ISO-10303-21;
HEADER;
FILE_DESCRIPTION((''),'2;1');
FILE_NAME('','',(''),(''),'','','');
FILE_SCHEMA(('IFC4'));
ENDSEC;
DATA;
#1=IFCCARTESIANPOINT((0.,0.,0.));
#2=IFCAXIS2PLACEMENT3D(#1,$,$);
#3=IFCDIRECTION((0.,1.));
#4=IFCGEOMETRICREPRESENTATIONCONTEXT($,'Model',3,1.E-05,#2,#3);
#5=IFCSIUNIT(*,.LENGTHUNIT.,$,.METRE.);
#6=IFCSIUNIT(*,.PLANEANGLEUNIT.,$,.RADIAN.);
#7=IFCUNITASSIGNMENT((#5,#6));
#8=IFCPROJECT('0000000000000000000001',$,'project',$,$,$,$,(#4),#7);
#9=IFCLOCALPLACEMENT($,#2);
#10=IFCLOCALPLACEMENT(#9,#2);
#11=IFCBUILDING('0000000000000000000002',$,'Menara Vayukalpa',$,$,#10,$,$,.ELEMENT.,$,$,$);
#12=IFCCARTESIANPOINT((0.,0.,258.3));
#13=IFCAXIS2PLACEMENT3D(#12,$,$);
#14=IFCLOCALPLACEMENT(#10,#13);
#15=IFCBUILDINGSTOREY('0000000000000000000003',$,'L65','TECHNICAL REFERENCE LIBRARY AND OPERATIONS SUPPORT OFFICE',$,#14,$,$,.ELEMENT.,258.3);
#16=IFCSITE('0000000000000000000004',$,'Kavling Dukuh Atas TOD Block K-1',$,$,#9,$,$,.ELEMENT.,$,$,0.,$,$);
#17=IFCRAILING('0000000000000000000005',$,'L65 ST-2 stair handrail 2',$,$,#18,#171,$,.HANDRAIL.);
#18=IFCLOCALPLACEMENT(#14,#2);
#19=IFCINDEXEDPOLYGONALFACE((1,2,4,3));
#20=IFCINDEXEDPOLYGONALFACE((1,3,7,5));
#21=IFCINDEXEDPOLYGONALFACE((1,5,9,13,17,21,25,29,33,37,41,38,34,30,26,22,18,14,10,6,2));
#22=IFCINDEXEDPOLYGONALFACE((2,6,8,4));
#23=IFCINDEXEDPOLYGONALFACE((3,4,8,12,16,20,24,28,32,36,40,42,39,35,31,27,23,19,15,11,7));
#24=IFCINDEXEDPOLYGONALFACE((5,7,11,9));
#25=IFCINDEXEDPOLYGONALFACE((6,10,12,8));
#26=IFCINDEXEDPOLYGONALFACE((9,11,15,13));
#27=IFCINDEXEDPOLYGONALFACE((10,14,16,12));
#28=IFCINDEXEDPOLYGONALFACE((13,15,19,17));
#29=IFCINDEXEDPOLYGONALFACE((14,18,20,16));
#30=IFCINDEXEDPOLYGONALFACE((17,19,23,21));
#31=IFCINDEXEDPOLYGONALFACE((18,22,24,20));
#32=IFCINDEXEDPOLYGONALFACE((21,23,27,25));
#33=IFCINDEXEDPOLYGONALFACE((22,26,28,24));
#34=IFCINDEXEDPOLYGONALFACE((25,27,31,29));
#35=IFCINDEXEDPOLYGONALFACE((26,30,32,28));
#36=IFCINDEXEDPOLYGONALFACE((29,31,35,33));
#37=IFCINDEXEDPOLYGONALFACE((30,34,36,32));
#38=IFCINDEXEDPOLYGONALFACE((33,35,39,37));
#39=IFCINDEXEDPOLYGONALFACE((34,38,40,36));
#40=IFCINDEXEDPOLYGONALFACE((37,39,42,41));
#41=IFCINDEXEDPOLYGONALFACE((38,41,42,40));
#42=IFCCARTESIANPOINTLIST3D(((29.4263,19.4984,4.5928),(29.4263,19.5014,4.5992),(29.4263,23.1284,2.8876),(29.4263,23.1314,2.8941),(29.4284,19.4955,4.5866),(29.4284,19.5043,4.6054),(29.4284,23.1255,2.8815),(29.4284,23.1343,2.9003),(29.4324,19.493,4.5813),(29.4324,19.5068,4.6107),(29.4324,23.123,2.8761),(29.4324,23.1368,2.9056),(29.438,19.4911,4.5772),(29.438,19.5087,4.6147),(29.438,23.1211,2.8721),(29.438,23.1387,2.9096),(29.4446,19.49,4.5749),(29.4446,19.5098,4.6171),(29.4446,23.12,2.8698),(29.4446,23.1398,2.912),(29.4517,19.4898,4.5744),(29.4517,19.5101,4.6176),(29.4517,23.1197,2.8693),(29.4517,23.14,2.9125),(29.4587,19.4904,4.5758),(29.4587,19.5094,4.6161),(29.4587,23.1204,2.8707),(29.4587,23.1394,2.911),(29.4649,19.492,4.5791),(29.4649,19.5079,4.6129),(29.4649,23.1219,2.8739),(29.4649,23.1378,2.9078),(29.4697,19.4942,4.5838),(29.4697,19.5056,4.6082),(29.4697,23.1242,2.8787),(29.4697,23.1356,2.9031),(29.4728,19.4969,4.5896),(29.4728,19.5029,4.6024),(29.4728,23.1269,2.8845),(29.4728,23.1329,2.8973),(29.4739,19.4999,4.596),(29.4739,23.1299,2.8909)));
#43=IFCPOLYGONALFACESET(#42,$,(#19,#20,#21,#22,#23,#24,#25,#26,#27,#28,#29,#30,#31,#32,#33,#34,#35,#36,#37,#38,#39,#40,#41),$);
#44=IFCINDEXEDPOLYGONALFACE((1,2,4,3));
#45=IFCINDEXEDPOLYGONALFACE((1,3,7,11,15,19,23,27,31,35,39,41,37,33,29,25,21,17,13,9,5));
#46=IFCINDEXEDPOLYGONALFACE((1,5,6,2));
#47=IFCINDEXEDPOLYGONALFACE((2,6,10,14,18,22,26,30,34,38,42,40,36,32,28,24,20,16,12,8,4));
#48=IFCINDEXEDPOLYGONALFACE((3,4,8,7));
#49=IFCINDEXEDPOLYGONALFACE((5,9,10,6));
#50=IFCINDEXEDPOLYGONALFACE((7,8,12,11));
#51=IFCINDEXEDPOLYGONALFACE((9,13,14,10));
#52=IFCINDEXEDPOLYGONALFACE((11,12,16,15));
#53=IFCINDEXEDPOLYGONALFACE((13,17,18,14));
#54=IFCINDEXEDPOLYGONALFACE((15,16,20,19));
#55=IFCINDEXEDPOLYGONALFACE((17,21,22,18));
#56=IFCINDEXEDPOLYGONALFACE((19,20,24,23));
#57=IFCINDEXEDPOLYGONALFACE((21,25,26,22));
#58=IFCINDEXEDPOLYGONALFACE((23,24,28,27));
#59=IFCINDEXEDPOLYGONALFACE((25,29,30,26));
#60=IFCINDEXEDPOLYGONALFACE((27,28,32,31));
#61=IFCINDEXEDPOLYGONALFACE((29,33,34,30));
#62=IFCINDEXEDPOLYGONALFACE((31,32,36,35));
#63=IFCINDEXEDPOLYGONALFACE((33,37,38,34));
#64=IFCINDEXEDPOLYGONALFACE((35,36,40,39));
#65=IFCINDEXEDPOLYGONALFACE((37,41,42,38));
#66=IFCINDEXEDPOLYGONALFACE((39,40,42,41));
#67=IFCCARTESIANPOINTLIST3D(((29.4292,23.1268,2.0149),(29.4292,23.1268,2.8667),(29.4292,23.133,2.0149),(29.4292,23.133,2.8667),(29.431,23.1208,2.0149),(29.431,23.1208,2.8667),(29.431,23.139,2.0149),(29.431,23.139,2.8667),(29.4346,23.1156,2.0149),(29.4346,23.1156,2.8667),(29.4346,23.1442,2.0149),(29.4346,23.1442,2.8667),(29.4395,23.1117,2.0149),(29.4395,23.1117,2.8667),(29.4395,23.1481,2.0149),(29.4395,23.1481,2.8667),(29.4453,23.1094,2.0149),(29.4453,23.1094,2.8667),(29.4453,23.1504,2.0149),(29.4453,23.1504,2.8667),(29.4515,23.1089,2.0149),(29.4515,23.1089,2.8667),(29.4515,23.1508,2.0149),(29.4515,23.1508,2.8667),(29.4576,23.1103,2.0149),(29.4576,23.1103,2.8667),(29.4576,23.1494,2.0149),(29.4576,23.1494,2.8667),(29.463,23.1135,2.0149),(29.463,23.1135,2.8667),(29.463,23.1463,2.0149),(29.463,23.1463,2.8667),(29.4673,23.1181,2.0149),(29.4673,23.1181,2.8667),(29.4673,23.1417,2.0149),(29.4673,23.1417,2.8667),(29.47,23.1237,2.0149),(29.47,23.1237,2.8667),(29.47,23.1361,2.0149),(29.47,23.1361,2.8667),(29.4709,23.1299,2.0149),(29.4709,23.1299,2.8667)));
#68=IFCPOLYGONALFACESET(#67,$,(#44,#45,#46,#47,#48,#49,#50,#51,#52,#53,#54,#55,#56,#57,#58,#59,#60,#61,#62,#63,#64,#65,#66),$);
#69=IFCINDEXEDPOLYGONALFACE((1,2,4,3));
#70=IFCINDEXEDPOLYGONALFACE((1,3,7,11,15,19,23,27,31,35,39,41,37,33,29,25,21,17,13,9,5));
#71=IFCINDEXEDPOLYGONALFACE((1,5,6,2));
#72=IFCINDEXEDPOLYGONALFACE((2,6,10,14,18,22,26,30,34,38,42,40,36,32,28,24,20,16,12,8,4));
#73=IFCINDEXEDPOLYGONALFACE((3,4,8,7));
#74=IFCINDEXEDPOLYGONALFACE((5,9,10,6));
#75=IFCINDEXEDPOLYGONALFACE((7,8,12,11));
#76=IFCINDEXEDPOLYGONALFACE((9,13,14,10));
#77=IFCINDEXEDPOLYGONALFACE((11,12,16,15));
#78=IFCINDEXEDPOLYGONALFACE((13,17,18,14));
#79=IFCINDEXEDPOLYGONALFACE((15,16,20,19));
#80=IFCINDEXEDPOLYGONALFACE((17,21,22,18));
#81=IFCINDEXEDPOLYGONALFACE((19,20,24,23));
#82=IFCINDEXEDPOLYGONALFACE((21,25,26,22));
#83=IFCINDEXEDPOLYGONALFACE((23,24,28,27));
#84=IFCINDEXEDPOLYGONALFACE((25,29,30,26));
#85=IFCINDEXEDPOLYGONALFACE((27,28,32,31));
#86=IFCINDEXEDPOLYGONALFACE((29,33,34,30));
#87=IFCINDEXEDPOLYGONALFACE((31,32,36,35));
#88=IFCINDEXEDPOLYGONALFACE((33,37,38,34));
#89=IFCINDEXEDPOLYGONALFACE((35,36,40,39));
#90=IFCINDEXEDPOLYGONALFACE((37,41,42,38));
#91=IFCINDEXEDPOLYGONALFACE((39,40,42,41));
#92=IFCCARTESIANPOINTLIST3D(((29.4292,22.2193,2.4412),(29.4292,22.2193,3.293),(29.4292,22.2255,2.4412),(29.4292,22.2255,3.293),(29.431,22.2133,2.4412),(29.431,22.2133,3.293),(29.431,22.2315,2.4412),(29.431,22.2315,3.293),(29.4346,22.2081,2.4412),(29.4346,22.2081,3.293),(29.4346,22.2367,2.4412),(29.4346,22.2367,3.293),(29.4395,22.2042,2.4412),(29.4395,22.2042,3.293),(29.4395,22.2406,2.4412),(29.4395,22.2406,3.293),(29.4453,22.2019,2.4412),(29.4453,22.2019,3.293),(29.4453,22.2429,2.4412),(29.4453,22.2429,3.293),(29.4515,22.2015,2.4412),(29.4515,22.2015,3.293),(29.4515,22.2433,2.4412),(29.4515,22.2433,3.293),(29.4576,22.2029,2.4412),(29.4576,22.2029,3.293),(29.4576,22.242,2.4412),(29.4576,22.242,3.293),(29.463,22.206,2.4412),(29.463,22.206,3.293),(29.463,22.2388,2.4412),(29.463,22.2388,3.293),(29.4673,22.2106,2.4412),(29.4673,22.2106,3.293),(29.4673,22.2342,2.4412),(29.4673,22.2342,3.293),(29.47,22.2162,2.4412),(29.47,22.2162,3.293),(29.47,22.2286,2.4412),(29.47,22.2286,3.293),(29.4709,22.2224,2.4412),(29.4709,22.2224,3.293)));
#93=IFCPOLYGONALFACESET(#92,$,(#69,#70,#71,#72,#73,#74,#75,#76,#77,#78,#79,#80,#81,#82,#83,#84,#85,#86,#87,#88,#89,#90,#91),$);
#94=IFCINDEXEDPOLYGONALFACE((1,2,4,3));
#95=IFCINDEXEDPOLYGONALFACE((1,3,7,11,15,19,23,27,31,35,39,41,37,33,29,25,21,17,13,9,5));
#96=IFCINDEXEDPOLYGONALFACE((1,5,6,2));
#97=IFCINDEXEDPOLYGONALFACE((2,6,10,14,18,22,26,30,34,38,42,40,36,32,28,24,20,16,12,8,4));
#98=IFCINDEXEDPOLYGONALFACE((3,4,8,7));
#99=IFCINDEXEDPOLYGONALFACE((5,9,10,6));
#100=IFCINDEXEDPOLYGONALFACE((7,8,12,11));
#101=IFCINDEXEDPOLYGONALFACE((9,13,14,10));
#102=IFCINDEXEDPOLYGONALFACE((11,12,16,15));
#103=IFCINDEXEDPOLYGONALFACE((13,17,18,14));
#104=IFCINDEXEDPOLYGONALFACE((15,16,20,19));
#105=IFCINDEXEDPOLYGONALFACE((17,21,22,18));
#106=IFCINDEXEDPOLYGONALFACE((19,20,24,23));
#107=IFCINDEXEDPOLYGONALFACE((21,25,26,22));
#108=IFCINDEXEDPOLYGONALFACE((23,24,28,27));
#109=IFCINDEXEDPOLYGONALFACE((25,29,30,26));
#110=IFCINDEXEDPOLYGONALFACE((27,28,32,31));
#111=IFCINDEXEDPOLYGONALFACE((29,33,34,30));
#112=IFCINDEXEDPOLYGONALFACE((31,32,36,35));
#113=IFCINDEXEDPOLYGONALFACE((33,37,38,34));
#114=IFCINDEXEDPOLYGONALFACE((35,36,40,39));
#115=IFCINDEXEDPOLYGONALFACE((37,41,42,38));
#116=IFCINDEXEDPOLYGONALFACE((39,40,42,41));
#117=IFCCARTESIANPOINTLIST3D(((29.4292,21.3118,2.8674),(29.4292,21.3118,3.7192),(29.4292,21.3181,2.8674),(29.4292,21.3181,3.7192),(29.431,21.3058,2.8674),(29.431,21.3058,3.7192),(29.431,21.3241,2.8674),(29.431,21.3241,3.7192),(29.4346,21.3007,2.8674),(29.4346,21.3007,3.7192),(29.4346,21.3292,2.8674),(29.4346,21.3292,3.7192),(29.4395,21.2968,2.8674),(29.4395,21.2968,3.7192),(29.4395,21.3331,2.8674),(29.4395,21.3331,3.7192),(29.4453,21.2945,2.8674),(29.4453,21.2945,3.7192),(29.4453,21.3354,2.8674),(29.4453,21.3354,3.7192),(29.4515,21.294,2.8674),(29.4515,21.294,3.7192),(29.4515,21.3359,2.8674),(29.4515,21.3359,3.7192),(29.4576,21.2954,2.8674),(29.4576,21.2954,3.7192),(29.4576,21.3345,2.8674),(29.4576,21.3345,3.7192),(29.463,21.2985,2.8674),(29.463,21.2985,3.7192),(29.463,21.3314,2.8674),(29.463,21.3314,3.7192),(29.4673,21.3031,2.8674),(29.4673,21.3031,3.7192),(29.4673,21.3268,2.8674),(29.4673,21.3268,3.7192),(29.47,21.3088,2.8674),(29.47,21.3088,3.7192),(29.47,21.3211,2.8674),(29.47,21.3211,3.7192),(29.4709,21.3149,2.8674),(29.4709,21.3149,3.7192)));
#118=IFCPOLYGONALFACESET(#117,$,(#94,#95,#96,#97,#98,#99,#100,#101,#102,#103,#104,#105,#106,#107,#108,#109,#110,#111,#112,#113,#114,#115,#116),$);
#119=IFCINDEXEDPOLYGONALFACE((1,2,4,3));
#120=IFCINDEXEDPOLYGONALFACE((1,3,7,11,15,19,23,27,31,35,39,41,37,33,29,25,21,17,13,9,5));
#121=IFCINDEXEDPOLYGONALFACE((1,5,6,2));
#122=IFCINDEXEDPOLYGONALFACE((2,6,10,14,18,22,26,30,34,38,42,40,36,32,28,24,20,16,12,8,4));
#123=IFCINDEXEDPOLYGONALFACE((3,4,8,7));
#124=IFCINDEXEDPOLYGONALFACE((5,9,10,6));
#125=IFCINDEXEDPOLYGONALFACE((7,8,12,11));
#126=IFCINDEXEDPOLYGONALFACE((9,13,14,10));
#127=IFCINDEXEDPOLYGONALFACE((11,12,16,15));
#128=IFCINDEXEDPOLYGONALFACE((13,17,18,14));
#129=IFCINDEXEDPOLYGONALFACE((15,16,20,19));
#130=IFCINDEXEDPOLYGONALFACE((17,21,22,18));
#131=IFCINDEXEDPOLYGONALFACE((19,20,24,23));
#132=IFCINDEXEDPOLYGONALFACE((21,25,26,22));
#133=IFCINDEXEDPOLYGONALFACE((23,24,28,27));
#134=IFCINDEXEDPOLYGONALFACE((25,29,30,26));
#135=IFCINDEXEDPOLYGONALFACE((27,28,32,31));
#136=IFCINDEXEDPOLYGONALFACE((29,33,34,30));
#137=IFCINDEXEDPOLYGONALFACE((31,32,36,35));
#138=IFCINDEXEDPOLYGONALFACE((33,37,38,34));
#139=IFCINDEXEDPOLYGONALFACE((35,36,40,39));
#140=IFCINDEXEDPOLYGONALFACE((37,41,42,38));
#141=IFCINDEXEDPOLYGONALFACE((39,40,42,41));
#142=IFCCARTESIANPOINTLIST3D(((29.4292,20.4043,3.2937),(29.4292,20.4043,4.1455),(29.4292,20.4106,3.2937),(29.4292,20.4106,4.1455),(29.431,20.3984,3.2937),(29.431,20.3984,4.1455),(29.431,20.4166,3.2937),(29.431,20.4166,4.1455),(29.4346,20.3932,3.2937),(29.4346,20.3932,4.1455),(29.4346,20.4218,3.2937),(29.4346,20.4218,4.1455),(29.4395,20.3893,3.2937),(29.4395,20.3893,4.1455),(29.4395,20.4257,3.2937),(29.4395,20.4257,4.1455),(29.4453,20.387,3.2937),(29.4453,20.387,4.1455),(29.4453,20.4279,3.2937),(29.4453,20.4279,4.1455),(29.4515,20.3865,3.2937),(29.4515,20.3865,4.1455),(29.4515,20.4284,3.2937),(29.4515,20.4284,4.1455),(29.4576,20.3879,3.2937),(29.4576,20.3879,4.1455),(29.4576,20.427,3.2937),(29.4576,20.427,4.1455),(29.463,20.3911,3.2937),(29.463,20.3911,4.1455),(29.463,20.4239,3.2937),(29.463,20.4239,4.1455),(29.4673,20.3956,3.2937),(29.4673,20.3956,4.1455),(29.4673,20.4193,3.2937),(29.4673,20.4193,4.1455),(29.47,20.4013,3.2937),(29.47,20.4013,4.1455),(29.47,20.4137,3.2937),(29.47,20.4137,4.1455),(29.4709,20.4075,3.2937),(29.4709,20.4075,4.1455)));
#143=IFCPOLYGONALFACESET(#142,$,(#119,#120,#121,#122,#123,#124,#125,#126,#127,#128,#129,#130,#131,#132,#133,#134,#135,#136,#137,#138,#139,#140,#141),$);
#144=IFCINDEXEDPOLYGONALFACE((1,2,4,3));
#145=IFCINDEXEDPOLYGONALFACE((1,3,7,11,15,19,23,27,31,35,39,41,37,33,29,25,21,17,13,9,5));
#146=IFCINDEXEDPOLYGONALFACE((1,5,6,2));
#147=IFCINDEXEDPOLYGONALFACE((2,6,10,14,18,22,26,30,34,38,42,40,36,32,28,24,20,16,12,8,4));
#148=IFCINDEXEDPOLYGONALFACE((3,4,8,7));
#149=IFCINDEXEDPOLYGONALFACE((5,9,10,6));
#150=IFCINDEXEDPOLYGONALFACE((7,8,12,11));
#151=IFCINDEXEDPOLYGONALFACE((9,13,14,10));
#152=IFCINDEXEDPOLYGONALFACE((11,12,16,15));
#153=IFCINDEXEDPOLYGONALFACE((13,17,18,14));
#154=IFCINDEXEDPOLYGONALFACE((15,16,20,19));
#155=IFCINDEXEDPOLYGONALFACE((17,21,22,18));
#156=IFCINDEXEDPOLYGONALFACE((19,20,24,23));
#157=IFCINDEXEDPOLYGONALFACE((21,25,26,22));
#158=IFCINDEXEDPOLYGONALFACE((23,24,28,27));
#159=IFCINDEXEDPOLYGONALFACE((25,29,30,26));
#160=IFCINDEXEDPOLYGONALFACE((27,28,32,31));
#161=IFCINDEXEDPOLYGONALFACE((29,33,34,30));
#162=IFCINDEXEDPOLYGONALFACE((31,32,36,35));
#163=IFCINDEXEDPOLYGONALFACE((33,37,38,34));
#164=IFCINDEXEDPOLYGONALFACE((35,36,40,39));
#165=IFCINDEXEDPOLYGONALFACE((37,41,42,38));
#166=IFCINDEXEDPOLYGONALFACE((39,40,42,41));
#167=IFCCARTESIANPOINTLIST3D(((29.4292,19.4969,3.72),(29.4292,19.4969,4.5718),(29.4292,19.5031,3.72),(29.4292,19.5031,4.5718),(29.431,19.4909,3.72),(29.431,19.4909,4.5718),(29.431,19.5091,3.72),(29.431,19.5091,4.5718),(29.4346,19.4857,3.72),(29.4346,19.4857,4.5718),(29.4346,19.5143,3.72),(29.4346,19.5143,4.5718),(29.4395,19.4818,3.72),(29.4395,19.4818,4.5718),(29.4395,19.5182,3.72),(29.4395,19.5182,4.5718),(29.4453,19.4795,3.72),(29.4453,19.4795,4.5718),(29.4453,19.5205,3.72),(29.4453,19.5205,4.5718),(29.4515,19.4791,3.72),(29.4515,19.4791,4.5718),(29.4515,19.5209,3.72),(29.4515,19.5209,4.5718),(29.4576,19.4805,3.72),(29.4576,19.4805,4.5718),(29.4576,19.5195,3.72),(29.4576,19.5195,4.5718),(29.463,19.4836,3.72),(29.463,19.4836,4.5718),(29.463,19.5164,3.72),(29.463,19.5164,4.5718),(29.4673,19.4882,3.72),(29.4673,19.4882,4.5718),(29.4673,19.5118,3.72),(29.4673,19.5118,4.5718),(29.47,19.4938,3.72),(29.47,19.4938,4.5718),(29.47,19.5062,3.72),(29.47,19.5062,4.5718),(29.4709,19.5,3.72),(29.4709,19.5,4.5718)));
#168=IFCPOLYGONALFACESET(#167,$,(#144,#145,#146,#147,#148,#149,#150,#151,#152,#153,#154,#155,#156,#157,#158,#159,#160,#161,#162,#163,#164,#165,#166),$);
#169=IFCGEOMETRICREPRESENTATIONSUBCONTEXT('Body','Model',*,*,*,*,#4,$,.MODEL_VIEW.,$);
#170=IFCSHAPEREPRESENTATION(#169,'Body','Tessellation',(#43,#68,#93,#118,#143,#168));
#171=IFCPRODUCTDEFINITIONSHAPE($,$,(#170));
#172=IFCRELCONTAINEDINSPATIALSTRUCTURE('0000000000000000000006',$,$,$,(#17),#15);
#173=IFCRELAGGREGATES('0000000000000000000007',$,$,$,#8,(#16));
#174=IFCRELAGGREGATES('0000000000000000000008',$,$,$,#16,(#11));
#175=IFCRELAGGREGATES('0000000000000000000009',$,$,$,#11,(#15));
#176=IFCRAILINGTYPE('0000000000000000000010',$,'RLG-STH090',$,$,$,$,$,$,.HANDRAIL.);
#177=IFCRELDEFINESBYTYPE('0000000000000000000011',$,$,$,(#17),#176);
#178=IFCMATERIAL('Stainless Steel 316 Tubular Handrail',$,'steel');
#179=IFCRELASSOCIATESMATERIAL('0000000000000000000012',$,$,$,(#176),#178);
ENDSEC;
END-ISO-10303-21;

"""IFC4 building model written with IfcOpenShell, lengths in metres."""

from ifc_helpers import new_model, si_unit, direction, frame, origin, origin_2d, place, context, subcontext, project, spatial, circle, extrude, material, type_object, element, save


model = new_model("IFC4")

# Units and contexts
model_context = context("Model", 3, precision=1e-05, world=origin(), true_north=direction((0.0, 1.0)))
body_context = subcontext(model_context, "Body", "Model", "MODEL_VIEW")
ifc_project = project(units=[si_unit("LENGTHUNIT", "METRE"), si_unit("PLANEANGLEUNIT", "RADIAN")], contexts=[model_context])

# Site, building, storey
site_placement = place(None, origin())
site = spatial("IfcSite", under=ifc_project, at=site_placement, Name="Kavling Dukuh Atas TOD Block K-1", CompositionType="ELEMENT", RefElevation=0.0)
building_placement = place(site_placement, origin())
building = spatial("IfcBuilding", under=site, at=building_placement, Name="Menara Vayukalpa", CompositionType="ELEMENT")
storey_placement = place(building_placement, frame((0.0, 0.0, 258.3)))
storey = spatial("IfcBuildingStorey", under=building, at=storey_placement, Name="L65", Description="TECHNICAL REFERENCE LIBRARY AND OPERATIONS SUPPORT OFFICE", CompositionType="ELEMENT", Elevation=258.3)

# Railing
ifc_material_1 = material(Name="Stainless Steel 316 Tubular Handrail", Category="steel")
railing_type_1 = type_object("IfcRailingType", Name="RLG-STH090", PredefinedType="HANDRAIL", material=ifc_material_1)
railing_1_placement = place(storey_placement, frame((29.45, 23.1299, 2.0149)))
element("IfcRailing", 1, at=railing_1_placement, inside=storey, type_object=railing_type_1, Name="L65 ST-2 stair handrail 2", PredefinedType="HANDRAIL", context=body_context, shape_type="SweptSolid", body=[
    extrude(circle(Radius=0.0239, at=origin_2d()), frame((0.0, 0.0, 0.876), z_axis=(0.0, -0.905116, 0.425164), x_axis=(1.0, 0.0, 0.0)), (0.0, 0.0, 1.0), 4.0105),
    extrude(circle(Radius=0.021, at=origin_2d()), origin(), (0.0, 0.0, 1.0), 0.8518),
    extrude(circle(Radius=0.021, at=origin_2d()), frame((0.0, -0.9075, 0.4263)), (0.0, 0.0, 1.0), 0.8518),
    extrude(circle(Radius=0.021, at=origin_2d()), frame((0.0, -1.8149, 0.8525)), (0.0, 0.0, 1.0), 0.8518),
    extrude(circle(Radius=0.021, at=origin_2d()), frame((0.0, -2.7224, 1.2788)), (0.0, 0.0, 1.0), 0.8518),
    extrude(circle(Radius=0.021, at=origin_2d()), frame((0.0, -3.6299, 1.7051)), (0.0, 0.0, 1.0), 0.8518),
])

save(model, "model.ifc")
